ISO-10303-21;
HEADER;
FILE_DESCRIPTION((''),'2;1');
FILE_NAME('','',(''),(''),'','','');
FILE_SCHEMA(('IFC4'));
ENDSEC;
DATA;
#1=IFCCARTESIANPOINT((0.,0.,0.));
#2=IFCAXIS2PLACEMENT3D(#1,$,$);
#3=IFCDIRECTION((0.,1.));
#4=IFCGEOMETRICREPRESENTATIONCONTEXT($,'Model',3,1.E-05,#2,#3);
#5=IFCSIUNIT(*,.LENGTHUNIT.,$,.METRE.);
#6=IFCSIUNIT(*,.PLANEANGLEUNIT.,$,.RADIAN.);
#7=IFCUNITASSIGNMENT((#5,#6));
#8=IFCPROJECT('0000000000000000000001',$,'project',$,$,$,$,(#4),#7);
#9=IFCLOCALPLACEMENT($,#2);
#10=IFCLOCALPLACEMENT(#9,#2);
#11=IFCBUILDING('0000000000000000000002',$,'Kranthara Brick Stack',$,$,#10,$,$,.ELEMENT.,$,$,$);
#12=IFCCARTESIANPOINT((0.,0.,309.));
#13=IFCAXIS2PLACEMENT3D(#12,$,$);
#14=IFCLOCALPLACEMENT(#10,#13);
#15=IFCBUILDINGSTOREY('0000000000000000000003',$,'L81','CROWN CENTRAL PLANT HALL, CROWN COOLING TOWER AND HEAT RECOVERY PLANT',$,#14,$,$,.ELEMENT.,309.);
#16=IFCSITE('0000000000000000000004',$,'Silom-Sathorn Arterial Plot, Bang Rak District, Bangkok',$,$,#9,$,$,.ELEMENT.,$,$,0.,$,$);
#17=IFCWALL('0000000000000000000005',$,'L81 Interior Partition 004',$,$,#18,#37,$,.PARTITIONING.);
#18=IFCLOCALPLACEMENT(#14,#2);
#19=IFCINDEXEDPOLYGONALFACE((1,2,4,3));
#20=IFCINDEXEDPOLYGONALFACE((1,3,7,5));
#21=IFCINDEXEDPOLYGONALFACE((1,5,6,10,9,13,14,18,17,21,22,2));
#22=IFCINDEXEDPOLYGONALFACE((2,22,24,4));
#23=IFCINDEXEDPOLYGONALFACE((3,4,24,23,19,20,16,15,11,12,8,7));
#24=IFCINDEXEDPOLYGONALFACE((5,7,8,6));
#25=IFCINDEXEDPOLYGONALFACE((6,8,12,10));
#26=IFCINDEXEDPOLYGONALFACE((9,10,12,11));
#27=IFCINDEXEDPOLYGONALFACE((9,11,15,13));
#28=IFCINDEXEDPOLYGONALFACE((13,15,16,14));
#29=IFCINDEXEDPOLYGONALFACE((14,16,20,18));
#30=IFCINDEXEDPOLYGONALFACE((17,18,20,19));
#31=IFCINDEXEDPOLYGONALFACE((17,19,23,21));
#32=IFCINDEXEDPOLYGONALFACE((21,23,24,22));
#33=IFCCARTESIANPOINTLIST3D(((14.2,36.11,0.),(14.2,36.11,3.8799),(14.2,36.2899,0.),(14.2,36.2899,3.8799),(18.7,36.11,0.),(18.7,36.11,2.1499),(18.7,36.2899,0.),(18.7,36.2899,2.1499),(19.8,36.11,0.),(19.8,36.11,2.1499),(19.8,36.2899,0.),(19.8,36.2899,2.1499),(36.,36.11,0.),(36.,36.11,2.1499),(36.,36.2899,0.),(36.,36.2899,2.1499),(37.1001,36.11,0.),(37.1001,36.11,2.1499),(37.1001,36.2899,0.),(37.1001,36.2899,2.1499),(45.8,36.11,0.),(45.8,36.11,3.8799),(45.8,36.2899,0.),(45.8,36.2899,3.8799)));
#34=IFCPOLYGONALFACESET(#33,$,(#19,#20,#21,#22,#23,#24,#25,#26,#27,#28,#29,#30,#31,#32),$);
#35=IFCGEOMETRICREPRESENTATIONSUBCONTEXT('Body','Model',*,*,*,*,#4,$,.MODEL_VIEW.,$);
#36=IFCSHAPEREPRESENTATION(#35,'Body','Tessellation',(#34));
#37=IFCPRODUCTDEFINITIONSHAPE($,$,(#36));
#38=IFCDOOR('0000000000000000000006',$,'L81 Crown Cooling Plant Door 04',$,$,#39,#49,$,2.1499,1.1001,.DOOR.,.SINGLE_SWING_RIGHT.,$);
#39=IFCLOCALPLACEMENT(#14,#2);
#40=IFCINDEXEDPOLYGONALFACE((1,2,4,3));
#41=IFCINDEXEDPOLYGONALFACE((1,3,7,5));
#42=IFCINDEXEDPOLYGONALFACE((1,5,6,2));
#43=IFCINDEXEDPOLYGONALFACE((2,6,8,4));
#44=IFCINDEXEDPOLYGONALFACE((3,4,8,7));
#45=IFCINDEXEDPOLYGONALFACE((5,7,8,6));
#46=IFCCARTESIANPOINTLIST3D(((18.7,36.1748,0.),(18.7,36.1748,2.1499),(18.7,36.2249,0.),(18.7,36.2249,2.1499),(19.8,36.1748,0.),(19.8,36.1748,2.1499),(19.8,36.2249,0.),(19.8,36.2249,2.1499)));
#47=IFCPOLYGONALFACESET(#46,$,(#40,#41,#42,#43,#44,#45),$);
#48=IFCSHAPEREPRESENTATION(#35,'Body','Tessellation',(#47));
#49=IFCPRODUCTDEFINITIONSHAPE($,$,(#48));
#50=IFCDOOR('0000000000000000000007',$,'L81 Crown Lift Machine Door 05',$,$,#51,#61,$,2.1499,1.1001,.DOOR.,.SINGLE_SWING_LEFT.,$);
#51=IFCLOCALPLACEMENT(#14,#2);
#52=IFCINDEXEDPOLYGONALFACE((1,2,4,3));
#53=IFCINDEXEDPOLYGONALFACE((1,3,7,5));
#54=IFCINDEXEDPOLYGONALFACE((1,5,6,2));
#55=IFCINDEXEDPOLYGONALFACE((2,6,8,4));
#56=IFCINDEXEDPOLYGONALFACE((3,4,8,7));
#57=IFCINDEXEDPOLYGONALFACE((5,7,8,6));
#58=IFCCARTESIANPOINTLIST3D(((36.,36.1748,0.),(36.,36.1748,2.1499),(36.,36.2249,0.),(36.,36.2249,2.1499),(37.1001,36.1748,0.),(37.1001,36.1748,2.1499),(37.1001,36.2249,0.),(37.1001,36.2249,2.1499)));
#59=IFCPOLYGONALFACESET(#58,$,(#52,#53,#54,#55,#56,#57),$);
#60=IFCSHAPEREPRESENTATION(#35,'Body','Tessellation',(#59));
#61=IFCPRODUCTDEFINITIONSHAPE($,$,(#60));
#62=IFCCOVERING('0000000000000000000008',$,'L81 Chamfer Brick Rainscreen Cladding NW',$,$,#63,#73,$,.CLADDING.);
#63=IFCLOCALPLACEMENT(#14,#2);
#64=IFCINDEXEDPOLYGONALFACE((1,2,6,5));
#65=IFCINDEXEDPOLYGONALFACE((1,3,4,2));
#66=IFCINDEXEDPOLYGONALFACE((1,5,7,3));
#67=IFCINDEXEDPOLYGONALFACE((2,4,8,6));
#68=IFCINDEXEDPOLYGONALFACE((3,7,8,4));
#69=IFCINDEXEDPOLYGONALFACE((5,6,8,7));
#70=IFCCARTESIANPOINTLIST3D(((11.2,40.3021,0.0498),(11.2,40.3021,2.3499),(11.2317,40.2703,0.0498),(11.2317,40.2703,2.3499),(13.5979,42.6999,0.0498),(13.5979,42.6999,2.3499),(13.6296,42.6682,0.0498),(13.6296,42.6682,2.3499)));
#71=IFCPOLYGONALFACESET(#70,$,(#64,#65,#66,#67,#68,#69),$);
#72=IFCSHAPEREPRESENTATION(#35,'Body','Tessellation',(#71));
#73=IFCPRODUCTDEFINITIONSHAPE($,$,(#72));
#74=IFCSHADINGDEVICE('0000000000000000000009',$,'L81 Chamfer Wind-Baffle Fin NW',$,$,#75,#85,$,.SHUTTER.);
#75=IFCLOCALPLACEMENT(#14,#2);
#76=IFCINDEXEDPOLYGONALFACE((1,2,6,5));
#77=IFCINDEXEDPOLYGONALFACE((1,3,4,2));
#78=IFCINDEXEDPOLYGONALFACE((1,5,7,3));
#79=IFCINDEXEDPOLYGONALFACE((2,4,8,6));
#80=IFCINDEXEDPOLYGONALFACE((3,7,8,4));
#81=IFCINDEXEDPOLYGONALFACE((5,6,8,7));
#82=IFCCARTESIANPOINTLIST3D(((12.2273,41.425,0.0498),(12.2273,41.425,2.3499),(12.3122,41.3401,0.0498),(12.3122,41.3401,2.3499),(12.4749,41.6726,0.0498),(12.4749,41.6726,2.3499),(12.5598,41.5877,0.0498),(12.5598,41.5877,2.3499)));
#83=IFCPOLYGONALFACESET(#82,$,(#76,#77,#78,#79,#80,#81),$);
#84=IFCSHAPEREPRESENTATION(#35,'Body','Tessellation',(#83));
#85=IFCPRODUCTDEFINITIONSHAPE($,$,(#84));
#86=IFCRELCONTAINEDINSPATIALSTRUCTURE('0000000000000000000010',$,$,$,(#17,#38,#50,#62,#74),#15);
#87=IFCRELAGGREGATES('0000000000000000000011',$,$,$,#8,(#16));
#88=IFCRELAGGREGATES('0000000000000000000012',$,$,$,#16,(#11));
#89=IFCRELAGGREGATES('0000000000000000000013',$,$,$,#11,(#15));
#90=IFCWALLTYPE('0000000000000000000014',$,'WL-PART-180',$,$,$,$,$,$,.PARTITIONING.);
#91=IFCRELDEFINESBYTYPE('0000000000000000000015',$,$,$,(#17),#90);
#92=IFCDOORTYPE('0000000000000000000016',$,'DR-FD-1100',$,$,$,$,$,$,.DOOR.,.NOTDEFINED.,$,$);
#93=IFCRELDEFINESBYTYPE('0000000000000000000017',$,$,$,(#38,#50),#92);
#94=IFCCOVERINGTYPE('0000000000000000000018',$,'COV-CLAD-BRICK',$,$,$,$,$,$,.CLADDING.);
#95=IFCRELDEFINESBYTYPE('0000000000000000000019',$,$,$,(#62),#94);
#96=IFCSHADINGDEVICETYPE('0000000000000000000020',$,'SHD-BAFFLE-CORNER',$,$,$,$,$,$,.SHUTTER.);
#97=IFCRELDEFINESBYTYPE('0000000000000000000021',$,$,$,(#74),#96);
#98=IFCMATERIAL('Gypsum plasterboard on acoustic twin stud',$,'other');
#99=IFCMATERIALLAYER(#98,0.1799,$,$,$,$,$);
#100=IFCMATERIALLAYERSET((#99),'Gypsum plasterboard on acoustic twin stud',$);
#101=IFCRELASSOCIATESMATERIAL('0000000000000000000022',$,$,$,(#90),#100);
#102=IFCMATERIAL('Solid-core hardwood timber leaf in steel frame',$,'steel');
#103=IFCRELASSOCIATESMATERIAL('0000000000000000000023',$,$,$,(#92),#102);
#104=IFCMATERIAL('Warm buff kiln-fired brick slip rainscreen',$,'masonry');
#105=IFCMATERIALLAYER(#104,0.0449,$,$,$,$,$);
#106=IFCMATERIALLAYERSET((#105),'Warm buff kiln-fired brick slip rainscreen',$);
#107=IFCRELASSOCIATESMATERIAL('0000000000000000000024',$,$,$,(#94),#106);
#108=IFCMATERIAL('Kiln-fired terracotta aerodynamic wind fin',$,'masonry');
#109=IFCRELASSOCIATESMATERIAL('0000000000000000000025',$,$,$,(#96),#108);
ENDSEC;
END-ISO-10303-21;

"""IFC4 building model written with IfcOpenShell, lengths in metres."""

from ifc_helpers import new_model, si_unit, direction, frame, frame_2d, origin, origin_2d, place, context, subcontext, project, spatial, rectangle, extrude, material, layer, layer_set, type_object, element, fill, save


model = new_model("IFC4")

# Units and contexts
model_context = context("Model", 3, precision=1e-05, world=origin(), true_north=direction((0.0, 1.0)))
body_context = subcontext(model_context, "Body", "Model", "MODEL_VIEW")
ifc_project = project(units=[si_unit("LENGTHUNIT", "METRE"), si_unit("PLANEANGLEUNIT", "RADIAN")], contexts=[model_context])

# Site, building, storey
site_placement = place(None, origin())
site = spatial("IfcSite", under=ifc_project, at=site_placement, Name="Silom-Sathorn Arterial Plot, Bang Rak District, Bangkok", CompositionType="ELEMENT", RefElevation=0.0)
building_placement = place(site_placement, origin())
building = spatial("IfcBuilding", under=site, at=building_placement, Name="Kranthara Brick Stack", CompositionType="ELEMENT")
storey_placement = place(building_placement, frame((0.0, 0.0, 309.0)))
storey = spatial("IfcBuildingStorey", under=building, at=storey_placement, Name="L81", Description="CROWN CENTRAL PLANT HALL, CROWN COOLING TOWER AND HEAT RECOVERY PLANT", CompositionType="ELEMENT", Elevation=309.0)

# Wall, openings, doors
ifc_material_1 = material(Name="Gypsum plasterboard on acoustic twin stud", Category="other")
ifc_layer_1 = layer(ifc_material_1, 0.1799)
ifc_layer_set_1 = layer_set([ifc_layer_1], Name="Gypsum plasterboard on acoustic twin stud")
wall_type_1 = type_object("IfcWallType", Name="WL-PART-180", PredefinedType="PARTITIONING", material=ifc_layer_set_1)
wall_1_placement = place(storey_placement, frame((14.2, 36.2, 0.0), z_axis=(0.0, 0.0, 1.0), x_axis=(1.0, 0.0, 0.0)))
wall_1 = element("IfcWall", 1, at=wall_1_placement, inside=storey, type_object=wall_type_1, Name="L81 Interior Partition 004", PredefinedType="PARTITIONING", context=body_context, shape_type="SweptSolid", body=[
    extrude(rectangle(XDim=31.6001, YDim=0.1799, at=frame_2d((15.8, 0.0))), origin(), (0.0, 0.0, 1.0), 3.8799),
])
opening_1_placement = place(wall_1_placement, frame((4.5, 0.0, 0.0)))
opening_1 = element("IfcOpeningElement", 2, at=opening_1_placement, cuts=wall_1, PredefinedType="OPENING", context=body_context, shape_type="SweptSolid", body=[
    extrude(rectangle(XDim=1.1001, YDim=2.1499, at=frame_2d((0.55, 1.075))), frame((0.0, 0.0999, 0.0), z_axis=(0.0, -1.0, 0.0), x_axis=(1.0, 0.0, 0.0)), (0.0, 0.0, 1.0), 0.2),
])
opening_2_placement = place(wall_1_placement, frame((21.8, 0.0, 0.0)))
opening_2 = element("IfcOpeningElement", 3, at=opening_2_placement, cuts=wall_1, PredefinedType="OPENING", context=body_context, shape_type="SweptSolid", body=[
    extrude(rectangle(XDim=1.1001, YDim=2.1499, at=frame_2d((0.55, 1.075))), frame((0.0, 0.0999, 0.0), z_axis=(0.0, -1.0, 0.0), x_axis=(1.0, 0.0, 0.0)), (0.0, 0.0, 1.0), 0.2),
])
ifc_material_2 = material(Name="Solid-core hardwood timber leaf in steel frame", Category="steel")
door_type_1 = type_object("IfcDoorType", Name="DR-FD-1100", OperationType="NOTDEFINED", PredefinedType="DOOR", material=ifc_material_2)
door_1_placement = place(opening_1_placement, origin())
door_1 = element("IfcDoor", 4, at=door_1_placement, inside=storey, type_object=door_type_1, Name="L81 Crown Cooling Plant Door 04", OperationType="SINGLE_SWING_RIGHT", OverallHeight=2.1499, OverallWidth=1.1001, PredefinedType="DOOR", context=body_context, shape_type="SweptSolid", body=[
    extrude(rectangle(XDim=1.1001, YDim=2.1499, at=frame_2d((0.55, 1.075))), frame((0.0, 0.0249, 0.0), z_axis=(0.0, -1.0, 0.0), x_axis=(1.0, 0.0, 0.0)), (0.0, 0.0, 1.0), 0.05),
])
fill(opening_1, door_1)
door_2_placement = place(opening_2_placement, origin())
door_2 = element("IfcDoor", 5, at=door_2_placement, inside=storey, type_object=door_type_1, Name="L81 Crown Lift Machine Door 05", OperationType="SINGLE_SWING_LEFT", OverallHeight=2.1499, OverallWidth=1.1001, PredefinedType="DOOR", context=body_context, shape_type="SweptSolid", body=[
    extrude(rectangle(XDim=1.1001, YDim=2.1499, at=frame_2d((0.55, 1.075))), frame((0.0, 0.0249, 0.0), z_axis=(0.0, -1.0, 0.0), x_axis=(1.0, 0.0, 0.0)), (0.0, 0.0, 1.0), 0.05),
])
fill(opening_2, door_2)

# Covering
ifc_material_3 = material(Name="Warm buff kiln-fired brick slip rainscreen", Category="masonry")
ifc_layer_2 = layer(ifc_material_3, 0.0449)
ifc_layer_set_2 = layer_set([ifc_layer_2], Name="Warm buff kiln-fired brick slip rainscreen")
covering_type = type_object("IfcCoveringType", Name="COV-CLAD-BRICK", PredefinedType="CLADDING", material=ifc_layer_set_2)
covering_placement = place(storey_placement, frame((12.4148, 41.4851, 0.0498), z_axis=(0.0, 0.0, 1.0), x_axis=(0.707107, 0.707107, 0.0)))
element("IfcCovering", 6, at=covering_placement, inside=storey, type_object=covering_type, Name="L81 Chamfer Brick Rainscreen Cladding NW", PredefinedType="CLADDING", context=body_context, shape_type="SweptSolid", body=[
    extrude(rectangle(XDim=3.3911, YDim=0.0449, at=origin_2d()), origin(), (0.0, 0.0, 1.0), 2.3),
])

# Shading device
ifc_material_4 = material(Name="Kiln-fired terracotta aerodynamic wind fin", Category="masonry")
shading_device_type = type_object("IfcShadingDeviceType", Name="SHD-BAFFLE-CORNER", PredefinedType="SHUTTER", material=ifc_material_4)
shading_device_placement = place(storey_placement, frame((12.3936, 41.5063, 0.0498), z_axis=(0.0, 0.0, 1.0), x_axis=(0.707107, 0.707107, 0.0)))
element("IfcShadingDevice", 7, at=shading_device_placement, inside=storey, type_object=shading_device_type, Name="L81 Chamfer Wind-Baffle Fin NW", PredefinedType="SHUTTER", context=body_context, shape_type="SweptSolid", body=[
    extrude(rectangle(XDim=0.3501, YDim=0.1201, at=origin_2d()), origin(), (0.0, 0.0, 1.0), 2.3),
])

save(model, "model.ifc")
